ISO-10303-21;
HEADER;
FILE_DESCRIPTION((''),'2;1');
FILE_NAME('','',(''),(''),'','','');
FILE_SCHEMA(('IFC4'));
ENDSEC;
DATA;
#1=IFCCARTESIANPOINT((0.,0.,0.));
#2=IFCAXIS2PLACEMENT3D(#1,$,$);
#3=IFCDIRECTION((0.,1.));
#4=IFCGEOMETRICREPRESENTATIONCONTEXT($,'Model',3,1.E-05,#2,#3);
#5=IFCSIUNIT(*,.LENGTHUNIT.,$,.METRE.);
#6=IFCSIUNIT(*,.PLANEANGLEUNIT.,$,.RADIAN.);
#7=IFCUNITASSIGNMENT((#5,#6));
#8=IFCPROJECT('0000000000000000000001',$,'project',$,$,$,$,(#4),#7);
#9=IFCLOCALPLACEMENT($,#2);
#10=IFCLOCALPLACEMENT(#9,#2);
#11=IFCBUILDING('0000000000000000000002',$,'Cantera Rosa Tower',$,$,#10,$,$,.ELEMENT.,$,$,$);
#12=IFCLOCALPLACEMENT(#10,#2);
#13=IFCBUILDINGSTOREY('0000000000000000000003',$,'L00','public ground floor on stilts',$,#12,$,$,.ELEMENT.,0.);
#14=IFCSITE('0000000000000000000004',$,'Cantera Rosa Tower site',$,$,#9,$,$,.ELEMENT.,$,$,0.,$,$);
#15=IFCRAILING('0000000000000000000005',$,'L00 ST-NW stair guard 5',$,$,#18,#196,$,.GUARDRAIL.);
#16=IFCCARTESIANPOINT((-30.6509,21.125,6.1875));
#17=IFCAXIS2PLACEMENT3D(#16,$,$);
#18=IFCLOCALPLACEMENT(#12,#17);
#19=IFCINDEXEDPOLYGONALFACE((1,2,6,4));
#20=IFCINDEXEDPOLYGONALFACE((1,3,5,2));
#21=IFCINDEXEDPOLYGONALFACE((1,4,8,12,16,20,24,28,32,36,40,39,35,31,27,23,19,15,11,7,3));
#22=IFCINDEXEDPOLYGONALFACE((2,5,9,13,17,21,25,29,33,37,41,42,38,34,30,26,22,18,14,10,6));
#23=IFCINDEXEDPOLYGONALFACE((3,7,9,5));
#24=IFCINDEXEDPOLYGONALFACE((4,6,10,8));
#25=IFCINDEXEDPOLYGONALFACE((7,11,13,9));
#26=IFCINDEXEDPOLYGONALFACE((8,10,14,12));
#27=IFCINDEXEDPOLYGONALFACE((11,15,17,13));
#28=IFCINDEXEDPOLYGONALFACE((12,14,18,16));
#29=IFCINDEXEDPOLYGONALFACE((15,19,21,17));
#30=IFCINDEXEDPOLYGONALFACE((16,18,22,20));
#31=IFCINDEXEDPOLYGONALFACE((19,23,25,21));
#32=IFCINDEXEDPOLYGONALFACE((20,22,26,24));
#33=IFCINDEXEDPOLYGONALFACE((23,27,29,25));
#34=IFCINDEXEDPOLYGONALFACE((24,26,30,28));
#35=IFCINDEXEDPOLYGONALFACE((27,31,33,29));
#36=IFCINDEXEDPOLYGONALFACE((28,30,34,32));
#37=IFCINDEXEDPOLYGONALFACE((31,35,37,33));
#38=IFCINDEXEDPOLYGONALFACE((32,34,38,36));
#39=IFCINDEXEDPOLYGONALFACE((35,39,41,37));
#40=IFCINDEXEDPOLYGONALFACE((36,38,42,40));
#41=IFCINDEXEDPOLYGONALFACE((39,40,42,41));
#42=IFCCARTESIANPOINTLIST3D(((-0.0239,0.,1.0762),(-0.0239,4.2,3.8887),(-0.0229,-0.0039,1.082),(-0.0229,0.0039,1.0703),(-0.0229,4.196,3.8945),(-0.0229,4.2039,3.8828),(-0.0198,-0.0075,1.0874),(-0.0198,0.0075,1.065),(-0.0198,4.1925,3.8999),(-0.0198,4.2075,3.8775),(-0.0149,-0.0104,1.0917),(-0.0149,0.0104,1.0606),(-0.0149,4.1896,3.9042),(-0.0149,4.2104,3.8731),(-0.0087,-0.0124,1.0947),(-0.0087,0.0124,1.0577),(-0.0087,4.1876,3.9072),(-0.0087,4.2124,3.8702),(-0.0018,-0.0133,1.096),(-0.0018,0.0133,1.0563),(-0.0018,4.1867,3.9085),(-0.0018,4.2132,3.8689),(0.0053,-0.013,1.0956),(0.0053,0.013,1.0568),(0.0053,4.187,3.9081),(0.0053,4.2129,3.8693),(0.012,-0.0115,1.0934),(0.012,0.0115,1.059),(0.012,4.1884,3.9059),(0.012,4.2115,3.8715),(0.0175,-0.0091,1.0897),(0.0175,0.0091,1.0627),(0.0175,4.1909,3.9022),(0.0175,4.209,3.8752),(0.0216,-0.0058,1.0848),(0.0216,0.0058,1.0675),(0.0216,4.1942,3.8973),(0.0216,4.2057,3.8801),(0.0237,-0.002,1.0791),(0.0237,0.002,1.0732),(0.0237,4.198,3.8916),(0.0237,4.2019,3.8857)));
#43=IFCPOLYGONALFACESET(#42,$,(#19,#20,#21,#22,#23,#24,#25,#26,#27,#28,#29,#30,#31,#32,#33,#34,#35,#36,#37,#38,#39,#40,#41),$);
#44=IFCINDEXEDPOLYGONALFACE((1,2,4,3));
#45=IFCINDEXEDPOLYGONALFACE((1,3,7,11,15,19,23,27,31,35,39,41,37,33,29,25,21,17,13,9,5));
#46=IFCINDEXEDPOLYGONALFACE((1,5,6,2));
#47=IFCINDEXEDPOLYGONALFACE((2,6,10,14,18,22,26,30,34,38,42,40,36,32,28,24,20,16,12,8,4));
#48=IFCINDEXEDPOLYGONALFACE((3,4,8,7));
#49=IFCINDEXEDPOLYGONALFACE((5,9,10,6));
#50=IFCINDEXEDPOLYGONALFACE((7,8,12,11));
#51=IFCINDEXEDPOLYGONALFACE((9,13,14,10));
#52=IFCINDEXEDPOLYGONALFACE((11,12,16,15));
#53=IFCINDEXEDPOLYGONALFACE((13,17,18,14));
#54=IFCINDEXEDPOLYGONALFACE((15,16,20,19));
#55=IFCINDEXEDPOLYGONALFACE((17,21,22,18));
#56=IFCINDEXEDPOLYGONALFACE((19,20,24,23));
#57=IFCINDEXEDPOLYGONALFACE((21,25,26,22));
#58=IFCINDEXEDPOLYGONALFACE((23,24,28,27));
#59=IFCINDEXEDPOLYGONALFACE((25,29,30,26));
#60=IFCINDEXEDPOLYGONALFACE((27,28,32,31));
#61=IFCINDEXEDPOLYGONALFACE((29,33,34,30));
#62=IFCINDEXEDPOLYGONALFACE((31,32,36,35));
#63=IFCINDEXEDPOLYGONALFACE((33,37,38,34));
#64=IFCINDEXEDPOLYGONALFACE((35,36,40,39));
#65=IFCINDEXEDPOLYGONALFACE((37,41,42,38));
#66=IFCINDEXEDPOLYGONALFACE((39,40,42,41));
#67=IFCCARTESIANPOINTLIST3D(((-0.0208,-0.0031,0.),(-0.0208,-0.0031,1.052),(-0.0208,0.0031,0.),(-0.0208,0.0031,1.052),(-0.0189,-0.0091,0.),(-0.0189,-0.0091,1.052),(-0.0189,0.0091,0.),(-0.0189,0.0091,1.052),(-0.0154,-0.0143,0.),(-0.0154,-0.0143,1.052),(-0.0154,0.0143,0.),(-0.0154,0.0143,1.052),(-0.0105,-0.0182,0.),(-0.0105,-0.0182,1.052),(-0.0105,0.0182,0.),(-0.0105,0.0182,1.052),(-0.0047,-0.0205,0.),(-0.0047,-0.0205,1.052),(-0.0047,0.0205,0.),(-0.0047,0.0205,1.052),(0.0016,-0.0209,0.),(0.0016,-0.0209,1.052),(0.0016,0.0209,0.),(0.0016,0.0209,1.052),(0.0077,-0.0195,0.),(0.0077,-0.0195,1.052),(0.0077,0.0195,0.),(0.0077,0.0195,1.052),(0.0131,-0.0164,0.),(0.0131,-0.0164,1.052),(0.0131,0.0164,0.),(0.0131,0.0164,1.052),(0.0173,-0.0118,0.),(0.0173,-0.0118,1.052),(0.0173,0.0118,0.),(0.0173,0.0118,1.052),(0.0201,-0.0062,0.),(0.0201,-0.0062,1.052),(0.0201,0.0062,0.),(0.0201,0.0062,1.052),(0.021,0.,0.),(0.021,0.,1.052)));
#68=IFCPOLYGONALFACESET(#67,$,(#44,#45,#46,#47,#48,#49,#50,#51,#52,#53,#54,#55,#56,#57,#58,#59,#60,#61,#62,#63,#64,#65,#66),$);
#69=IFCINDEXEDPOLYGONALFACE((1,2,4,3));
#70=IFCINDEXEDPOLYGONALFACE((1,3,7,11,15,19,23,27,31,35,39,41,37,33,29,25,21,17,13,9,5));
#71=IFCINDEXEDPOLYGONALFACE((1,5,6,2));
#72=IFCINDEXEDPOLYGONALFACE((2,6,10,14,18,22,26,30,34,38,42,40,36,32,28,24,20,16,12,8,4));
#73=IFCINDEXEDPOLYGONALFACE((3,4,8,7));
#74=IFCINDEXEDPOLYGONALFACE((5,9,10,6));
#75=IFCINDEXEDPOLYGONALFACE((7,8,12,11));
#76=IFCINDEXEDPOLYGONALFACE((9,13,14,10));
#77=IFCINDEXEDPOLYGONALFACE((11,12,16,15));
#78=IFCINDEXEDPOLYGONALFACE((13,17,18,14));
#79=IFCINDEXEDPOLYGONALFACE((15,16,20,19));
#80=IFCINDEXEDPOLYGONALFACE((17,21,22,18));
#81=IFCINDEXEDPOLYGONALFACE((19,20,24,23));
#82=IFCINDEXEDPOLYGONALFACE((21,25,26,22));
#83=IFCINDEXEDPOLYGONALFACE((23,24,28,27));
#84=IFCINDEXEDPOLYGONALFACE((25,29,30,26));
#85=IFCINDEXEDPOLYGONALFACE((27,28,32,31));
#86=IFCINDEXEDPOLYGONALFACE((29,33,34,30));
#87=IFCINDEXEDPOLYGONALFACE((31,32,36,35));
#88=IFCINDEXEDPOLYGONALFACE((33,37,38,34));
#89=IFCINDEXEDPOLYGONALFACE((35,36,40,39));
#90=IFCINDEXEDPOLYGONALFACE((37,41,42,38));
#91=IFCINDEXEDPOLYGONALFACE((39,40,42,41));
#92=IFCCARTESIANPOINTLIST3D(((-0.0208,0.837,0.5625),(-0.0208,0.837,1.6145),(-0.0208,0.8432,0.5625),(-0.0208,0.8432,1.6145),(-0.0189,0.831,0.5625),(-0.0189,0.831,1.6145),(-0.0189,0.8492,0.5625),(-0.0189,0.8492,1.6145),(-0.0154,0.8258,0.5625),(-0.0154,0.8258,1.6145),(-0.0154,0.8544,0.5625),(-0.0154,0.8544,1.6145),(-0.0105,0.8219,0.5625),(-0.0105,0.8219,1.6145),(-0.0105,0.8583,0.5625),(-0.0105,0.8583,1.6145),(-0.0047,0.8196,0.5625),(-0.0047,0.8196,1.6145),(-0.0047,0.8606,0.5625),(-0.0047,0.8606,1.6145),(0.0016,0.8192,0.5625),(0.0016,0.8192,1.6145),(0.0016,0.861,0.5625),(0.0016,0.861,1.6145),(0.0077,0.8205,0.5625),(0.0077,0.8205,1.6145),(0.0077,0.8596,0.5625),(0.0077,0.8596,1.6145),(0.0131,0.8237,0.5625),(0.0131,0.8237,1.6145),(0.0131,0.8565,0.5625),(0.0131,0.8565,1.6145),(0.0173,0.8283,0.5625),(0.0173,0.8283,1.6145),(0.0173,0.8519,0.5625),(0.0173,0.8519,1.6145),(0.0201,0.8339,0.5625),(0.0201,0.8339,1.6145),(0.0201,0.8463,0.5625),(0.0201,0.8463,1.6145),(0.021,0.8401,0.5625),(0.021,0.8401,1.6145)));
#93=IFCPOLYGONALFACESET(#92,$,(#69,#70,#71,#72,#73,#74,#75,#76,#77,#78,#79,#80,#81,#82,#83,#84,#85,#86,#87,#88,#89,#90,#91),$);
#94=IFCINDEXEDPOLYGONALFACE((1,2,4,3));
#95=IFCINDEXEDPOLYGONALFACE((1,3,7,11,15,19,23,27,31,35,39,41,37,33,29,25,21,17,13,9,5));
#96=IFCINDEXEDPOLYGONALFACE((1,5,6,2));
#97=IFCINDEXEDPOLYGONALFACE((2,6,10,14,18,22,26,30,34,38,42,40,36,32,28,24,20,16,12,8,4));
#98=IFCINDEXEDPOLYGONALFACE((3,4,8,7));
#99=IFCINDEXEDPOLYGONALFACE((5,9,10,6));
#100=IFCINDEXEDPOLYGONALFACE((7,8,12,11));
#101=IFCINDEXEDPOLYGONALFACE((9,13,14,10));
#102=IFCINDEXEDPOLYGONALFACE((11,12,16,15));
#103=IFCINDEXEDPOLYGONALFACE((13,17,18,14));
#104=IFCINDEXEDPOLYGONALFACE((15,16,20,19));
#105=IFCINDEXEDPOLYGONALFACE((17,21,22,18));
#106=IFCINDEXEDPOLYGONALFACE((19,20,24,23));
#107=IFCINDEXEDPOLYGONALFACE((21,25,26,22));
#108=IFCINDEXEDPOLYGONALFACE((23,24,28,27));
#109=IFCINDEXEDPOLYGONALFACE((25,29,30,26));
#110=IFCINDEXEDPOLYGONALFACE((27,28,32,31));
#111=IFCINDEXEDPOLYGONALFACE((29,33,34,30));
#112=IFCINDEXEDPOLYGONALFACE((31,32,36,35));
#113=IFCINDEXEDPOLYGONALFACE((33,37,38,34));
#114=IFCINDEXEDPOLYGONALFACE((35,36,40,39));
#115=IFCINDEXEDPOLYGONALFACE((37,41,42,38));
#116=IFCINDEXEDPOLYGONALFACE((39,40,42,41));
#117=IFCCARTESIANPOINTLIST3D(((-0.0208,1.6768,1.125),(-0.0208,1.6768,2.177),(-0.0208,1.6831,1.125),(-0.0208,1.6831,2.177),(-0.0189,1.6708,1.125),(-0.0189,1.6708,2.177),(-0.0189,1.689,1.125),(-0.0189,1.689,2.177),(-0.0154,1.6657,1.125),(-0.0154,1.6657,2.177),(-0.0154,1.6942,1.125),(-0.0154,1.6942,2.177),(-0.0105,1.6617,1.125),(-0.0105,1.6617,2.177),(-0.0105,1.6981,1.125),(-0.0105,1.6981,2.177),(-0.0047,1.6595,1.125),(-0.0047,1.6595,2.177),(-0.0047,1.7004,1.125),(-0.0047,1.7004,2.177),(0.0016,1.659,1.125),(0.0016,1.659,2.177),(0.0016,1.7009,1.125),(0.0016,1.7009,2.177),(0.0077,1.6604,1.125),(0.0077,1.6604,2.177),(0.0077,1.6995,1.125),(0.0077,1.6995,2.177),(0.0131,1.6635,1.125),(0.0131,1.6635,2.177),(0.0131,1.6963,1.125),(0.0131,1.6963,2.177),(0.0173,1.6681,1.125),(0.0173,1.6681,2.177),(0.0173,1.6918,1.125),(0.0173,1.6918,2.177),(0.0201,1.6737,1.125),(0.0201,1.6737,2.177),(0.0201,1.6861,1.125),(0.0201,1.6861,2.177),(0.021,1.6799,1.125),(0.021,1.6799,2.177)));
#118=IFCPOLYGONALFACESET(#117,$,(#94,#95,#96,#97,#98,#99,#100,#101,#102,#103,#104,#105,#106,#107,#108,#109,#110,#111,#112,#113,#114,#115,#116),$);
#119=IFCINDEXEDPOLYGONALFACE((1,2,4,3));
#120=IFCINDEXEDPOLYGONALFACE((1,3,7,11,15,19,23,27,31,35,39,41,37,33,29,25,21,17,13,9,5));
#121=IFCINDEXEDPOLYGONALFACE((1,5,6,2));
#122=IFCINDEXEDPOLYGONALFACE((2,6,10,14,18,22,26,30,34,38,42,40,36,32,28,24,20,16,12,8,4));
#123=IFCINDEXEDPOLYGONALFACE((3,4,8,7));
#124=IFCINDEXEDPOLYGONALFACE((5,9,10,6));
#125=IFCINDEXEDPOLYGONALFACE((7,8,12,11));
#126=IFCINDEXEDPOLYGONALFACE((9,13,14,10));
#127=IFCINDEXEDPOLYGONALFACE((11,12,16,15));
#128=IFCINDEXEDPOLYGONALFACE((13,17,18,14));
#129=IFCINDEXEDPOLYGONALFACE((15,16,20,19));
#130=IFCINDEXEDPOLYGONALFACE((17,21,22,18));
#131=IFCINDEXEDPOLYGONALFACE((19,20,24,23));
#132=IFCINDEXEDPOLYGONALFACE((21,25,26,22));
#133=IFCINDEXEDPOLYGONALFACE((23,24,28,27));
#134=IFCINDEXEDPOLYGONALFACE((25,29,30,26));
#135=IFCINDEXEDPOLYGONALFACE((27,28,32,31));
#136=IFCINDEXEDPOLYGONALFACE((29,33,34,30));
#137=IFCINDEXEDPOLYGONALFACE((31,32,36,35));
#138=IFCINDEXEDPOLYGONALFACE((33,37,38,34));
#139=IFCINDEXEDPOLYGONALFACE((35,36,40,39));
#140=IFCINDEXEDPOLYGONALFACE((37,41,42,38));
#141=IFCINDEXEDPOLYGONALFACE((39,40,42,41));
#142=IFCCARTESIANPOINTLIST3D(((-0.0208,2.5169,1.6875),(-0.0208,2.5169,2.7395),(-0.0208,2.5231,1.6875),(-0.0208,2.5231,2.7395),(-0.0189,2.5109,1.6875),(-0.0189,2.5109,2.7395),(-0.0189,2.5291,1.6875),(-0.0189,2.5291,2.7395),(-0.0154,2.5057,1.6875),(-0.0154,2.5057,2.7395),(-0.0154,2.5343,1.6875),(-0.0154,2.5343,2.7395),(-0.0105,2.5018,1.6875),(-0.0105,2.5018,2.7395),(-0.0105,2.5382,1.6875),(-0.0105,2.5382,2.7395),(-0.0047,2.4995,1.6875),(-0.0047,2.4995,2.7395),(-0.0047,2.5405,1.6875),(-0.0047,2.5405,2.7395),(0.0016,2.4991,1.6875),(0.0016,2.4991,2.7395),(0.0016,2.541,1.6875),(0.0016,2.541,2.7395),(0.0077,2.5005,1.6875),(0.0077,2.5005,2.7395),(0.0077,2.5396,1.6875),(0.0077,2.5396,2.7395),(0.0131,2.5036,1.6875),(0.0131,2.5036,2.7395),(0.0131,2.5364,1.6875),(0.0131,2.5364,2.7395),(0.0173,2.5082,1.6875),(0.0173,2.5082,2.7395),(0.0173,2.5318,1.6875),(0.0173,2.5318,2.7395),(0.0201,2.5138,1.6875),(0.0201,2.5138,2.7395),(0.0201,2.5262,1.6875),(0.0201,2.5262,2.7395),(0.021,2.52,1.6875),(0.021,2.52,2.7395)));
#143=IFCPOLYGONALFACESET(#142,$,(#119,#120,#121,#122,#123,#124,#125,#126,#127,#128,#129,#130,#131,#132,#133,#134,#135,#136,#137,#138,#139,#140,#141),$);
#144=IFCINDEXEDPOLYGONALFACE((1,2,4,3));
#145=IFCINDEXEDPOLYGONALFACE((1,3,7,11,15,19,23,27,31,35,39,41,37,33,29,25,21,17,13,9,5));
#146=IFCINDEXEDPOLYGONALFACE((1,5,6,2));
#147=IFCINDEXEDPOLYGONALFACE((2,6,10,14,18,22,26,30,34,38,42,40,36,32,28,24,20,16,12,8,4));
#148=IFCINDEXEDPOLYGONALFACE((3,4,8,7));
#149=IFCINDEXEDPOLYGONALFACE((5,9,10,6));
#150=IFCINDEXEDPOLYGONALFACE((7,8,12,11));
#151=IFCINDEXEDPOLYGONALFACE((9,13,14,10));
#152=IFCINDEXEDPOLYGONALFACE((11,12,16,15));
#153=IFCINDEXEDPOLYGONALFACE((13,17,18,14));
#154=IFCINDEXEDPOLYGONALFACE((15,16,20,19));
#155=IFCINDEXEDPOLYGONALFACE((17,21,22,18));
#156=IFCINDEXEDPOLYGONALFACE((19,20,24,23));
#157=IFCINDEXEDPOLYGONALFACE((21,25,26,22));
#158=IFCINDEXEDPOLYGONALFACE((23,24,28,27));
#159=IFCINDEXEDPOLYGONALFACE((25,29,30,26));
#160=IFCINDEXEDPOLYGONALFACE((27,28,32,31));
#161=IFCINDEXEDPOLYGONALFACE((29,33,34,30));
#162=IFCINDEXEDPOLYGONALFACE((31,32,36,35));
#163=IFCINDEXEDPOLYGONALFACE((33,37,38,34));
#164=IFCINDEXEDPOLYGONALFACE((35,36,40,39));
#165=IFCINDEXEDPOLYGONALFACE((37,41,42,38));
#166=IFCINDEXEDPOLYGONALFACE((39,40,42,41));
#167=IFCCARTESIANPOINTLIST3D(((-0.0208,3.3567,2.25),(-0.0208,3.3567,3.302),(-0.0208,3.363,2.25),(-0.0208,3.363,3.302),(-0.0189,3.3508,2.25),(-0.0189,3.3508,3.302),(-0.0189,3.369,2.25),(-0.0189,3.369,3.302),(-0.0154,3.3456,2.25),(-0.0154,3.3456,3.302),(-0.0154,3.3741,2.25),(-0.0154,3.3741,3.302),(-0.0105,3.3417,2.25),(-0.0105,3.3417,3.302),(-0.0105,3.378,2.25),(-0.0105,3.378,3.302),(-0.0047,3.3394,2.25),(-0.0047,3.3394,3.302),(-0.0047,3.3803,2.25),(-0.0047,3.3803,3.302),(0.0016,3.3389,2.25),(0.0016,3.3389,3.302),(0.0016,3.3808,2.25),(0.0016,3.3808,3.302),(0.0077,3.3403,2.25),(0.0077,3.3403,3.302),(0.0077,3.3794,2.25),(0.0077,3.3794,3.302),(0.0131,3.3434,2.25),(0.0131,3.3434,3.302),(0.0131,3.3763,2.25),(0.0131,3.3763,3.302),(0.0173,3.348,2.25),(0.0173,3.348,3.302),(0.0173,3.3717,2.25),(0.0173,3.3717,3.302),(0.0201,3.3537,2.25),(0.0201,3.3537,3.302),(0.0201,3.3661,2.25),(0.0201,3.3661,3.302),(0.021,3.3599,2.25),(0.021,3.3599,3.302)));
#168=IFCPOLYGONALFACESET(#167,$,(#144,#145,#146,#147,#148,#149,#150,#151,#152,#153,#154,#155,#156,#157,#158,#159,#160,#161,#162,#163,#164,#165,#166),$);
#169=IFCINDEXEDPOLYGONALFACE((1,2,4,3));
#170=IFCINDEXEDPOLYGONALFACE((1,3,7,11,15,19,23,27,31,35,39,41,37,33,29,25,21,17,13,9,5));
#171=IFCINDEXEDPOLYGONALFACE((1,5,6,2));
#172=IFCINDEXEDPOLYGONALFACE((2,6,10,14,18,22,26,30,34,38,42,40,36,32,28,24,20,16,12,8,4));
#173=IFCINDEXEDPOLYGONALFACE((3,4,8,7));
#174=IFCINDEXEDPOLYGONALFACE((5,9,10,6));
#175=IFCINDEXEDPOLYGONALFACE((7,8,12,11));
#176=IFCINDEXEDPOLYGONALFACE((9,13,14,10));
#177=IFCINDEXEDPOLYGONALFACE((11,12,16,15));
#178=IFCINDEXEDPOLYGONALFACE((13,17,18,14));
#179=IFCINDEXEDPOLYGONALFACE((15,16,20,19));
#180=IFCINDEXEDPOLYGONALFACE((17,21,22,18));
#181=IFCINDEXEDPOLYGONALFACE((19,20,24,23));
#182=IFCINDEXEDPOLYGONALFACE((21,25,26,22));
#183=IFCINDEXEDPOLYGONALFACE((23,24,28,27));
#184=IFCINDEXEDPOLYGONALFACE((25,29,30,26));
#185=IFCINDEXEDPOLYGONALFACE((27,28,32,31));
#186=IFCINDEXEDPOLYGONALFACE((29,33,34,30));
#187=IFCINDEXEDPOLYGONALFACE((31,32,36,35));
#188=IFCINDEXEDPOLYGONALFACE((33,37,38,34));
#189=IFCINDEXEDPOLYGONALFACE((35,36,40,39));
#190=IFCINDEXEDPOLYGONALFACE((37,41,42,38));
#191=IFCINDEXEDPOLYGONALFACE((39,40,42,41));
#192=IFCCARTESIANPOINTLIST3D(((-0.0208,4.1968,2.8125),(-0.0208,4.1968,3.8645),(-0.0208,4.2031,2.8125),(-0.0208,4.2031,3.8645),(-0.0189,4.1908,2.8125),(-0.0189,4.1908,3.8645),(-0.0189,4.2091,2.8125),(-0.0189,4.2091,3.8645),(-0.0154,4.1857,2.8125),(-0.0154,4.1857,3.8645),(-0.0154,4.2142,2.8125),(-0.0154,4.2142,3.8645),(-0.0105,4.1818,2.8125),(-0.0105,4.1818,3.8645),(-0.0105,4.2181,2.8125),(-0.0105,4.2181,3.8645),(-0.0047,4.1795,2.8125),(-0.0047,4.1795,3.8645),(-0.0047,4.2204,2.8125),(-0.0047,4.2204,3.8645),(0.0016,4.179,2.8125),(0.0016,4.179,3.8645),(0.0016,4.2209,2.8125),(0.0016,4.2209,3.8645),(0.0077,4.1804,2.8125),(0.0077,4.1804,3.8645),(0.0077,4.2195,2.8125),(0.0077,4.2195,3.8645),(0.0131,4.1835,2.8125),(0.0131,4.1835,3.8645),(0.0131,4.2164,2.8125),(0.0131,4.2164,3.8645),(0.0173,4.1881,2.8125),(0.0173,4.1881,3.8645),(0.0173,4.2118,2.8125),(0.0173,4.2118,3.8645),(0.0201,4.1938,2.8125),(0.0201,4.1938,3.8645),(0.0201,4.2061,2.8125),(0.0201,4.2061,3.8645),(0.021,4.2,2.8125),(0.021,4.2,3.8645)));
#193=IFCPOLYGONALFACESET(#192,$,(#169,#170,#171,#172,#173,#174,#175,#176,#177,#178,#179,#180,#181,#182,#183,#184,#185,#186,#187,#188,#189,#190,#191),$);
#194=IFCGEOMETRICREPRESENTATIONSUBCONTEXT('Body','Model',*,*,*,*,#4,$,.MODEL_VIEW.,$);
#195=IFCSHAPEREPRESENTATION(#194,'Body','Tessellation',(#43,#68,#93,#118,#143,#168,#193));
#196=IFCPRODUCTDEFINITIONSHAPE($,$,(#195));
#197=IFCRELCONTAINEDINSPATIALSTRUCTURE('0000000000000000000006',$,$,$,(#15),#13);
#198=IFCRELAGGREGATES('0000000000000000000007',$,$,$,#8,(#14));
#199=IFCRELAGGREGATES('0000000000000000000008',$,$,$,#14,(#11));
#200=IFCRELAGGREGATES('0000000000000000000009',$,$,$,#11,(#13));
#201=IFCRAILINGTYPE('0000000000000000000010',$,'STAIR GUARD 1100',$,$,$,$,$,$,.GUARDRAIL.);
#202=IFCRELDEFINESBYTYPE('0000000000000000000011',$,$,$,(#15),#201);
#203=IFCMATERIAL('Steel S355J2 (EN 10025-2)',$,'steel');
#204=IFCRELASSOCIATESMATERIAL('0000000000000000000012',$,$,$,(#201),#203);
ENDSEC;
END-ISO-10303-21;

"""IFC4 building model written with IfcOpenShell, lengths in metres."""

from ifc_helpers import new_model, si_unit, direction, frame, origin, origin_2d, place, context, subcontext, project, spatial, circle, extrude, material, type_object, element, save


model = new_model("IFC4")

# Units and contexts
model_context = context("Model", 3, precision=1e-05, world=origin(), true_north=direction((0.0, 1.0)))
body_context = subcontext(model_context, "Body", "Model", "MODEL_VIEW")
ifc_project = project(units=[si_unit("LENGTHUNIT", "METRE"), si_unit("PLANEANGLEUNIT", "RADIAN")], contexts=[model_context])

# Site, building, storey
site_placement = place(None, origin())
site = spatial("IfcSite", under=ifc_project, at=site_placement, Name="Cantera Rosa Tower site", CompositionType="ELEMENT", RefElevation=0.0)
building_placement = place(site_placement, origin())
building = spatial("IfcBuilding", under=site, at=building_placement, Name="Cantera Rosa Tower", CompositionType="ELEMENT")
storey_placement = place(building_placement, origin())
storey = spatial("IfcBuildingStorey", under=building, at=storey_placement, Name="L00", Description="public ground floor on stilts", CompositionType="ELEMENT", Elevation=0.0)

# Railing
ifc_material_1 = material(Name="Steel S355J2 (EN 10025-2)", Category="steel")
railing_type_1 = type_object("IfcRailingType", Name="STAIR GUARD 1100", PredefinedType="GUARDRAIL", material=ifc_material_1)
railing_1_placement = place(storey_placement, frame((-30.6509, 21.125, 6.1875)))
element("IfcRailing", 1, at=railing_1_placement, inside=storey, type_object=railing_type_1, Name="L00 ST-NW stair guard 5", PredefinedType="GUARDRAIL", context=body_context, shape_type="SweptSolid", body=[
    extrude(circle(Radius=0.0239, at=origin_2d()), frame((0.0, 0.0, 1.0762), z_axis=(0.0, 0.830904, 0.556416), x_axis=(-1.0, 0.0, 0.0)), (0.0, 0.0, 1.0), 5.0547),
    extrude(circle(Radius=0.021, at=origin_2d()), origin(), (0.0, 0.0, 1.0), 1.052),
    extrude(circle(Radius=0.021, at=origin_2d()), frame((0.0, 0.8401, 0.5625)), (0.0, 0.0, 1.0), 1.052),
    extrude(circle(Radius=0.021, at=origin_2d()), frame((0.0, 1.6799, 1.125)), (0.0, 0.0, 1.0), 1.052),
    extrude(circle(Radius=0.021, at=origin_2d()), frame((0.0, 2.52, 1.6875)), (0.0, 0.0, 1.0), 1.052),
    extrude(circle(Radius=0.021, at=origin_2d()), frame((0.0, 3.3599, 2.25)), (0.0, 0.0, 1.0), 1.052),
    extrude(circle(Radius=0.021, at=origin_2d()), frame((0.0, 4.2, 2.8125)), (0.0, 0.0, 1.0), 1.052),
])

save(model, "model.ifc")
